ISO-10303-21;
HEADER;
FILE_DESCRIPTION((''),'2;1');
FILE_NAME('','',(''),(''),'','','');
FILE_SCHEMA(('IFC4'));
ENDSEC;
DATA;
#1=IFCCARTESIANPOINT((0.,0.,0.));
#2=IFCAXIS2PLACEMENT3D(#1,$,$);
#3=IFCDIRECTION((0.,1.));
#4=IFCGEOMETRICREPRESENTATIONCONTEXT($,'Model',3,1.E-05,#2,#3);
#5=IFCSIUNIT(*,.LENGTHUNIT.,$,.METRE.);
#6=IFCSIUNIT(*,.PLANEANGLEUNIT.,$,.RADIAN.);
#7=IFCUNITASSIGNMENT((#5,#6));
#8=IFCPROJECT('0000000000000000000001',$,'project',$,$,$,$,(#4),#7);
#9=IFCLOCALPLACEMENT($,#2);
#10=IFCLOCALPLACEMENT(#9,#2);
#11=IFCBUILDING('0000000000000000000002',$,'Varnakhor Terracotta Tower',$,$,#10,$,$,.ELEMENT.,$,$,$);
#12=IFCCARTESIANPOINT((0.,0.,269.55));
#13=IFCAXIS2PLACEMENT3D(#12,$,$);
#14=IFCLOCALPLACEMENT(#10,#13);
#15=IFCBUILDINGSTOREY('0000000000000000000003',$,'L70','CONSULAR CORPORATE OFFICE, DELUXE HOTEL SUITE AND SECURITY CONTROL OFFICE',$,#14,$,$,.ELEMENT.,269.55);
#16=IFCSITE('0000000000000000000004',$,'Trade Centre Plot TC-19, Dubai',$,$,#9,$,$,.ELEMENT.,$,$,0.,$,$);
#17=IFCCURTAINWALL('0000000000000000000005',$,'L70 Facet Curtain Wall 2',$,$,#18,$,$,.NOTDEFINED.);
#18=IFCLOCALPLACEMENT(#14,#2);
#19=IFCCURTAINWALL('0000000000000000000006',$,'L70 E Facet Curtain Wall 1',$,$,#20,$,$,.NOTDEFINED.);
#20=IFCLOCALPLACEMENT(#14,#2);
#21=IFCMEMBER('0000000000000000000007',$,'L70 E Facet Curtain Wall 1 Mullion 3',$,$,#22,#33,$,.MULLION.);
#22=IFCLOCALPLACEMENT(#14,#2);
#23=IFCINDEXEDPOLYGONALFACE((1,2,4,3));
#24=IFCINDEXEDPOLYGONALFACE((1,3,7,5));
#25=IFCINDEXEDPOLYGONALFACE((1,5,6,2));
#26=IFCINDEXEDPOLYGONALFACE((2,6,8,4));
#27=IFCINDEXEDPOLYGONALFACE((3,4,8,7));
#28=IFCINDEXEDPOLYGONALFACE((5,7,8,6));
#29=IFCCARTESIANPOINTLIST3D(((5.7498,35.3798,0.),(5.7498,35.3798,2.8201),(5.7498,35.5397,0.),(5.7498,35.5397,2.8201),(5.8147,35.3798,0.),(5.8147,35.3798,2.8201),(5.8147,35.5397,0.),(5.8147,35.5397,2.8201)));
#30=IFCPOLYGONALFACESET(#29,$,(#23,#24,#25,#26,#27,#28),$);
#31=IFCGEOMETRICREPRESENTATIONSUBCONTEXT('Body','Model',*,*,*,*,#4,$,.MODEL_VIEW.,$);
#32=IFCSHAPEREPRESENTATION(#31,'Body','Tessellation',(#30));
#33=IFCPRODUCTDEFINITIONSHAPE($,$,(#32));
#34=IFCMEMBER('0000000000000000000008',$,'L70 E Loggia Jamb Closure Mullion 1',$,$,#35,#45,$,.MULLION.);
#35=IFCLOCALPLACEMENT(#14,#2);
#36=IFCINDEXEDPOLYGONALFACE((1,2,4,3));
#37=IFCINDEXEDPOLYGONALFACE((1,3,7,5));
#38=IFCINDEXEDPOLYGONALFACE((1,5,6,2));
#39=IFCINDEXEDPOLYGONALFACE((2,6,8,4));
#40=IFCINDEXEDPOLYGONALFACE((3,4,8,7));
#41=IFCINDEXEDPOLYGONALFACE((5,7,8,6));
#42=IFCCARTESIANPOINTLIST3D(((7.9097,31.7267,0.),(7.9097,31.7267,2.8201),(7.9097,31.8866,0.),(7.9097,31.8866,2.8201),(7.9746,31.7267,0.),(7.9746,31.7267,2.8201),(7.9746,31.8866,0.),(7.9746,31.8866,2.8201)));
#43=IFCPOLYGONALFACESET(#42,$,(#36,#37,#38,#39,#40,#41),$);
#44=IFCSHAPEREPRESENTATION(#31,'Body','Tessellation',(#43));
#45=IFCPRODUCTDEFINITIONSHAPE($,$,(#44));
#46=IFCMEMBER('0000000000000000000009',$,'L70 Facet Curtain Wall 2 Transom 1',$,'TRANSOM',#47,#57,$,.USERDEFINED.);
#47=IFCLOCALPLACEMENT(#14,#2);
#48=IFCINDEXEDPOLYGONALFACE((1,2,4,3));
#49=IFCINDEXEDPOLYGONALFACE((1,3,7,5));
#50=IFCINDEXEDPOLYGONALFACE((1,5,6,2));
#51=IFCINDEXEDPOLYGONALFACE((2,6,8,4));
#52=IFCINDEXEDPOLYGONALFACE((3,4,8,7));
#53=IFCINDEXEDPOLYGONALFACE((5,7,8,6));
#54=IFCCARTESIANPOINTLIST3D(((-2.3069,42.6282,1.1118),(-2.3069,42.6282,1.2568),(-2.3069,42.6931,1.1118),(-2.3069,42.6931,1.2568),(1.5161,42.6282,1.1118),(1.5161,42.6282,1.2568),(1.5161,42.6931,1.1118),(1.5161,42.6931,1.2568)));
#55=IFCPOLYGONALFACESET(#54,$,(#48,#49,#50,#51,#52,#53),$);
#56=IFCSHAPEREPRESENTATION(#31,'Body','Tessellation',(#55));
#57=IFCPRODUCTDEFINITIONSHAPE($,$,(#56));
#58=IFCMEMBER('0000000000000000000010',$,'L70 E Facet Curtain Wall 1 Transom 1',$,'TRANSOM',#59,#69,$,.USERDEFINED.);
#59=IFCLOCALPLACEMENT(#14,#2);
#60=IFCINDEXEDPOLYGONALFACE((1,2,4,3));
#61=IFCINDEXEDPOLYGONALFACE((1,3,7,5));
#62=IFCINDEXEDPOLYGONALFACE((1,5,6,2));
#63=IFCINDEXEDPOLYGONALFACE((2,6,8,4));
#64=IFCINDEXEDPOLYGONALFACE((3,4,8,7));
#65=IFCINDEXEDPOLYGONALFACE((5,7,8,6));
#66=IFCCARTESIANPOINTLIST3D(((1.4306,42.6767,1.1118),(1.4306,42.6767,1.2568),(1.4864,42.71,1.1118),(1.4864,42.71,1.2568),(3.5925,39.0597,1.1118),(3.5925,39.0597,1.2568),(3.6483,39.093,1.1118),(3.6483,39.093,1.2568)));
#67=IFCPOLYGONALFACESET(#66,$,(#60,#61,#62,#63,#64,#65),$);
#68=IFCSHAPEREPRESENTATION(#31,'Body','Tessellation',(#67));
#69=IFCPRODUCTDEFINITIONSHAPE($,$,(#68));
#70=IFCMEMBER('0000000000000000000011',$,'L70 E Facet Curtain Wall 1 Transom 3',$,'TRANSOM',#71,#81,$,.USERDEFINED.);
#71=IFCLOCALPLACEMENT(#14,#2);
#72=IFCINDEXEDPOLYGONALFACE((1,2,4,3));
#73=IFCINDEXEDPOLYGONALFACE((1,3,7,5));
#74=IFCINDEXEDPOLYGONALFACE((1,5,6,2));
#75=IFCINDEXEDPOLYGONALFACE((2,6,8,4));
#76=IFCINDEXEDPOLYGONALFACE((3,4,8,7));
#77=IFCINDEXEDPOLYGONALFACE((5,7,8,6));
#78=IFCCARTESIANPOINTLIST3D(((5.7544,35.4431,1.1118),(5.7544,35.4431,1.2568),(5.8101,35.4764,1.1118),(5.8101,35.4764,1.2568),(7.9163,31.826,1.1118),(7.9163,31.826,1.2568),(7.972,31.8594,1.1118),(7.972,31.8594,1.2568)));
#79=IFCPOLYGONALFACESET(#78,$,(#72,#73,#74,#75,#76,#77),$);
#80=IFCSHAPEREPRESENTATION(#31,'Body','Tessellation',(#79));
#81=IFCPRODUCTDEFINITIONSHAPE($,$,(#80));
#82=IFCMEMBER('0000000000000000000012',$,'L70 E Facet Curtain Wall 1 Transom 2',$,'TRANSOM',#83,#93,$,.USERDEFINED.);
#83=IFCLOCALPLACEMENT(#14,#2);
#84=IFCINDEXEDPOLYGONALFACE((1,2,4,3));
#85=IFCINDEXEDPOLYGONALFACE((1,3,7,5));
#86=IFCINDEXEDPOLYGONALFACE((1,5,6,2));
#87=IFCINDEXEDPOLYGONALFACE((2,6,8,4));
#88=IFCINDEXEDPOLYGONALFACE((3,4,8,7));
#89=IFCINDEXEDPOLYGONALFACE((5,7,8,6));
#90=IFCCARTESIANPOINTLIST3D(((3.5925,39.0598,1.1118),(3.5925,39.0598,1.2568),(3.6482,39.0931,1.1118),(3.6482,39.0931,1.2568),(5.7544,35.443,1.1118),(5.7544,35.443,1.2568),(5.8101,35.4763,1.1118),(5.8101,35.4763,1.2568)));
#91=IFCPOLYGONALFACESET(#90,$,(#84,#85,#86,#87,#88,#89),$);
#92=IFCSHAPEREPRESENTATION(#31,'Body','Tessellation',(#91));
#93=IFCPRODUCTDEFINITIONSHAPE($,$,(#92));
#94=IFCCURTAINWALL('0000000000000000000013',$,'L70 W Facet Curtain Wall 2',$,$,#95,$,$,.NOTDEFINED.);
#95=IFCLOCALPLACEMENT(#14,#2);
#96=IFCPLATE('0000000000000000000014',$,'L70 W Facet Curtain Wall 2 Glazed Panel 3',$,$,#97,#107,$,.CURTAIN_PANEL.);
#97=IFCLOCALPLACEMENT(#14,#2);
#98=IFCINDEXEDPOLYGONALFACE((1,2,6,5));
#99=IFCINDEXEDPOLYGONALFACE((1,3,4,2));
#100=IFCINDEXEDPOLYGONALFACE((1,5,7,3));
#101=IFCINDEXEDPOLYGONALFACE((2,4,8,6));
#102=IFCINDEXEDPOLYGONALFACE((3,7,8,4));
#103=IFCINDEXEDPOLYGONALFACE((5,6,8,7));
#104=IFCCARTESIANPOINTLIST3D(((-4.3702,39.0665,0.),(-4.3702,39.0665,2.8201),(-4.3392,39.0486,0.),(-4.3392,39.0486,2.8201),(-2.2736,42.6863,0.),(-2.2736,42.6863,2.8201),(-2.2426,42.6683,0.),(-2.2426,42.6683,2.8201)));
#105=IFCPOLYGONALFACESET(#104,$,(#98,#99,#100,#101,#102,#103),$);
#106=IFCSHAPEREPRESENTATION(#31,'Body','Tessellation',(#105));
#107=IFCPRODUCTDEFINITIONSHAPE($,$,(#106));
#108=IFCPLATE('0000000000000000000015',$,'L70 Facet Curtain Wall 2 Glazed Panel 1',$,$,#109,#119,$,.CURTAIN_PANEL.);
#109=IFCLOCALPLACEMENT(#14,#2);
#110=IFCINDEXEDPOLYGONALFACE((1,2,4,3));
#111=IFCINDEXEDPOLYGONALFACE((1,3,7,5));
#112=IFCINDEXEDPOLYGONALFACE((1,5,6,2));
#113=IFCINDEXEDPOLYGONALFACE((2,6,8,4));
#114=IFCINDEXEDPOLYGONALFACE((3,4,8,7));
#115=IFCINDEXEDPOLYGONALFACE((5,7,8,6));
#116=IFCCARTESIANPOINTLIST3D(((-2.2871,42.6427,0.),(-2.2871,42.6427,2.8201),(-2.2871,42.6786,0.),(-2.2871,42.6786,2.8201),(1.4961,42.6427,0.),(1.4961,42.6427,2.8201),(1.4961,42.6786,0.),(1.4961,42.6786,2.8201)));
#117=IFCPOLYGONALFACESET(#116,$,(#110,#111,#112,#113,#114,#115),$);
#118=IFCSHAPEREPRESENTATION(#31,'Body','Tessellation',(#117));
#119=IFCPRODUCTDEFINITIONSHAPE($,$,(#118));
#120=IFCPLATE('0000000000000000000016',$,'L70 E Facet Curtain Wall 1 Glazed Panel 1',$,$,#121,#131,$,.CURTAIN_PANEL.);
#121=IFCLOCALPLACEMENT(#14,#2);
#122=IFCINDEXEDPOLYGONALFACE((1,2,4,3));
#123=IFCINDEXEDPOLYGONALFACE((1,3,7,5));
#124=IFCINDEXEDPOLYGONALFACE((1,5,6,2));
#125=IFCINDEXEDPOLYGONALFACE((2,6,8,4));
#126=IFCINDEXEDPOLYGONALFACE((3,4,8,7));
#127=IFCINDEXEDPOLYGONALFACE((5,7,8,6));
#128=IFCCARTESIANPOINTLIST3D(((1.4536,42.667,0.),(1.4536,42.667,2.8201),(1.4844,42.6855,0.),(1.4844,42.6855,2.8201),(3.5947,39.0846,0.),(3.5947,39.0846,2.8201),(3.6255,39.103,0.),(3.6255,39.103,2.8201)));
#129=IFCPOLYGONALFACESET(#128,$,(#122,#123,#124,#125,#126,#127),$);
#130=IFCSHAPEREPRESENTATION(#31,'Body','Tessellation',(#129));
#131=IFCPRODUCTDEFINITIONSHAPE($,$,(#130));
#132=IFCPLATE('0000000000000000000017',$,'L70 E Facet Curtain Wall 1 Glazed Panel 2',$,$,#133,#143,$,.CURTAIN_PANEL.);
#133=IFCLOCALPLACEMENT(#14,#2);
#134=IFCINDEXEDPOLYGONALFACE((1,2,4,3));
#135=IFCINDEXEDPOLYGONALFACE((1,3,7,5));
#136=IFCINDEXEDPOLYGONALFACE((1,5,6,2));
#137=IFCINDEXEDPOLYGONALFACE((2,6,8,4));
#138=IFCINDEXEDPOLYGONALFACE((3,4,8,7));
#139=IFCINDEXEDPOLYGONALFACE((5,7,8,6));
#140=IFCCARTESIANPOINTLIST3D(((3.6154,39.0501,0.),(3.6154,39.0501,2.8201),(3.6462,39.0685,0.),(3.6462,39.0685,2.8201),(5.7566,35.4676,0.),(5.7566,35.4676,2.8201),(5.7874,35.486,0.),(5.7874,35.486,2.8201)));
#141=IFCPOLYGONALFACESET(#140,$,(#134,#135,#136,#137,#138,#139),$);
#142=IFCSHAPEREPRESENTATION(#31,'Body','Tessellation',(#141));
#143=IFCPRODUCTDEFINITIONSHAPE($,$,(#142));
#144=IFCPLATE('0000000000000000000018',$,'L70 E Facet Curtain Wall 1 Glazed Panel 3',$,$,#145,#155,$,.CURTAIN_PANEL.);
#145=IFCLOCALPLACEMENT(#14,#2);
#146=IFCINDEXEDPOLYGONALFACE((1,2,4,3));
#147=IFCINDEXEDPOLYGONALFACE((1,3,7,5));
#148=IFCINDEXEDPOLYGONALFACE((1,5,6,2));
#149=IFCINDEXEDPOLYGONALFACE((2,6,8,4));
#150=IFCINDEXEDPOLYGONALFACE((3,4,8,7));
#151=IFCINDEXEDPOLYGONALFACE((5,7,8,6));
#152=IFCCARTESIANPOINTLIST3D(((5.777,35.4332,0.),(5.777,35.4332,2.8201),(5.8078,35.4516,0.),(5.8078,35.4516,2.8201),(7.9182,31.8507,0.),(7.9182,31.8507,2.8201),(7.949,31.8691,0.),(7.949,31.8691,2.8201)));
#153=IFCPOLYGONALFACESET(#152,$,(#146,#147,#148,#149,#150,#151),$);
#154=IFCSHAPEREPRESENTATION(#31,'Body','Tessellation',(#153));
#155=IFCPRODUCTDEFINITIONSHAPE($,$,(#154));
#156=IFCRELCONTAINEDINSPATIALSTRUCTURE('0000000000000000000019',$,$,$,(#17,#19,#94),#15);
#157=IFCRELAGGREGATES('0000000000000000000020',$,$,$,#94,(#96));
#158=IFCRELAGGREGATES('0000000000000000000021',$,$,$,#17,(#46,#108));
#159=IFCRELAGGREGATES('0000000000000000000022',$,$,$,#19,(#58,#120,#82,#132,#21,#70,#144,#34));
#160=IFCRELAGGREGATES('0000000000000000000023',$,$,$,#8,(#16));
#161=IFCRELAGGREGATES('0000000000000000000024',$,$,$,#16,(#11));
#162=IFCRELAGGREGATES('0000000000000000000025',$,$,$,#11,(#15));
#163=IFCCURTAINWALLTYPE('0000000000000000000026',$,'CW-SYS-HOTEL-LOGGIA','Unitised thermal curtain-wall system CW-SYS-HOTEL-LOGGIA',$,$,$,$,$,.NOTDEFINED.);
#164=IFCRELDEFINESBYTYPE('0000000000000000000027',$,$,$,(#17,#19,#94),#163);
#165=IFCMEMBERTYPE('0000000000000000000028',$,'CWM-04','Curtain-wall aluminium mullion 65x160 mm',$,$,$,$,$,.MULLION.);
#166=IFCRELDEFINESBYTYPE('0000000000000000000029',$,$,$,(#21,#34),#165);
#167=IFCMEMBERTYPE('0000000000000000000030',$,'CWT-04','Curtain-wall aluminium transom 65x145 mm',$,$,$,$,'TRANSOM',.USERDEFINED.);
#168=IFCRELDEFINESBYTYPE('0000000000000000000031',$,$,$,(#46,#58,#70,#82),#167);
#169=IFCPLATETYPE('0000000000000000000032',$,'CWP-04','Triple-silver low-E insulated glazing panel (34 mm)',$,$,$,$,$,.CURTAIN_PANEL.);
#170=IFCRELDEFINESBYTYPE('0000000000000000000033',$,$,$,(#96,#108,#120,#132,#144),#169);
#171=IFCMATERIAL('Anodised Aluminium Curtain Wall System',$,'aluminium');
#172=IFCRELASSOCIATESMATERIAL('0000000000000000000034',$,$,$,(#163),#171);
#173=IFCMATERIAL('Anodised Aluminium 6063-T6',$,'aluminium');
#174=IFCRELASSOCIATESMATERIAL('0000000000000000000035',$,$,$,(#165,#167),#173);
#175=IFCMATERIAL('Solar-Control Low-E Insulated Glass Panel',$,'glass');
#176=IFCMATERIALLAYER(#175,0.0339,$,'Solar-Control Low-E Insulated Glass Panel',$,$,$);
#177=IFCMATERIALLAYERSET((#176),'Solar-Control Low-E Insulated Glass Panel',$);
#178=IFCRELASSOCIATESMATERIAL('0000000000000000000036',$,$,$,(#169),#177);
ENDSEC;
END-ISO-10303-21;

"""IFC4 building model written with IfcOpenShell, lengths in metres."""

from ifc_helpers import new_model, si_unit, direction, frame, origin, origin_2d, place, context, subcontext, project, spatial, rectangle, extrude, source, transform, mapped, material, layer, layer_set, material_profile, profile_set, type_object, type_shapes, element, aggregate, save


model = new_model("IFC4")

# Units and contexts
model_context = context("Model", 3, precision=1e-05, world=origin(), true_north=direction((0.0, 1.0)))
body_context = subcontext(model_context, "Body", "Model", "MODEL_VIEW")
ifc_project = project(units=[si_unit("LENGTHUNIT", "METRE"), si_unit("PLANEANGLEUNIT", "RADIAN")], contexts=[model_context])

# Site, building, storey
site_placement = place(None, origin())
site = spatial("IfcSite", under=ifc_project, at=site_placement, Name="Trade Centre Plot TC-19, Dubai", CompositionType="ELEMENT", RefElevation=0.0)
building_placement = place(site_placement, origin())
building = spatial("IfcBuilding", under=site, at=building_placement, Name="Varnakhor Terracotta Tower", CompositionType="ELEMENT")
storey_placement = place(building_placement, frame((0.0, 0.0, 269.55)))
storey = spatial("IfcBuildingStorey", under=building, at=storey_placement, Name="L70", Description="CONSULAR CORPORATE OFFICE, DELUXE HOTEL SUITE AND SECURITY CONTROL OFFICE", CompositionType="ELEMENT", Elevation=269.55)

# Curtain wall
ifc_material_1 = material(Name="Anodised Aluminium Curtain Wall System", Category="aluminium")
curtain_wall_type = type_object("IfcCurtainWallType", Name="CW-SYS-HOTEL-LOGGIA", Description="Unitised thermal curtain-wall system CW-SYS-HOTEL-LOGGIA", PredefinedType="NOTDEFINED", material=ifc_material_1)
curtain_wall_1_placement = place(storey_placement, origin())
curtain_wall_1 = element("IfcCurtainWall", 1, at=curtain_wall_1_placement, inside=storey, type_object=curtain_wall_type, Name="L70 Facet Curtain Wall 2", PredefinedType="NOTDEFINED")
ifc_material_2 = material(Name="Anodised Aluminium 6063-T6", Category="aluminium")
ifc_material_profile_1 = material_profile(ifc_material_2, rectangle(XDim=0.0649, YDim=0.1599, at=origin_2d()), Name="ALU MULLION 65x160")
ifc_profile_set_1 = profile_set([ifc_material_profile_1], Name="Anodised Aluminium 6063-T6")
member_type_1 = type_object("IfcMemberType", Name="CWM-04", Description="Curtain-wall aluminium mullion 65x160 mm", PredefinedType="MULLION", material=ifc_profile_set_1)
shared_shape_1 = source(origin(), body_context, "Body", "SweptSolid", [
    extrude(rectangle(XDim=0.0649, YDim=0.1599, at=origin_2d()), origin(), (0.0, 0.0, 1.0), 2.8201),
])
type_shapes(member_type_1, [shared_shape_1])

# Curtain wall, members
curtain_wall_2_placement = place(storey_placement, origin())
curtain_wall_2 = element("IfcCurtainWall", 2, at=curtain_wall_2_placement, inside=storey, type_object=curtain_wall_type, Name="L70 E Facet Curtain Wall 1", PredefinedType="NOTDEFINED")
member_1_placement = place(storey_placement, frame((5.7822, 35.4597, 0.0), z_axis=(0.0, 0.0, 1.0), x_axis=(1.0, 0.0, 0.0)))
member_1 = element("IfcMember", 3, at=member_1_placement, type_object=member_type_1, Name="L70 E Facet Curtain Wall 1 Mullion 3", PredefinedType="MULLION", context=body_context, shape_type="MappedRepresentation", body=[
    mapped(shared_shape_1, transform((0.0, 0.0, 0.0), scale=1.0)),
])
member_2_placement = place(storey_placement, frame((7.9421, 31.8066, 0.0), z_axis=(0.0, 0.0, 1.0), x_axis=(1.0, 0.0, 0.0)))
member_2 = element("IfcMember", 4, at=member_2_placement, type_object=member_type_1, Name="L70 E Loggia Jamb Closure Mullion 1", PredefinedType="MULLION", context=body_context, shape_type="MappedRepresentation", body=[
    mapped(shared_shape_1, transform((0.0, 0.0, 0.0), scale=1.0)),
])

# Members
ifc_material_profile_2 = material_profile(ifc_material_2, rectangle(XDim=0.0649, YDim=0.145, at=origin_2d()), Name="ALU TRANSOM 65x145")
ifc_profile_set_2 = profile_set([ifc_material_profile_2], Name="Anodised Aluminium 6063-T6")
member_type_2 = type_object("IfcMemberType", Name="CWT-04", Description="Curtain-wall aluminium transom 65x145 mm", ElementType="TRANSOM", PredefinedType="USERDEFINED", material=ifc_profile_set_2)
shared_shape_2 = source(origin(), body_context, "Body", "SweptSolid", [
    extrude(rectangle(XDim=0.0649, YDim=0.145, at=origin_2d()), origin(), (0.0, 0.0, 1.0), 3.823),
])
member_3_placement = place(storey_placement, frame((-2.3069, 42.6606, 1.1843), z_axis=(1.0, 0.0, 0.0), x_axis=(0.0, 1.0, 0.0)))
member_3 = element("IfcMember", 5, at=member_3_placement, type_object=member_type_2, Name="L70 Facet Curtain Wall 2 Transom 1", ObjectType="TRANSOM", PredefinedType="USERDEFINED", context=body_context, shape_type="MappedRepresentation", body=[
    mapped(shared_shape_2, transform((0.0, 0.0, 0.0), scale=1.0)),
])
shared_shape_3 = source(origin(), body_context, "Body", "SweptSolid", [
    extrude(rectangle(XDim=0.0649, YDim=0.145, at=origin_2d()), origin(), (0.0, 0.0, 1.0), 4.2139),
])
member_4_placement = place(storey_placement, frame((1.4585, 42.6934, 1.1843), z_axis=(0.513047, -0.858361, 0.0), x_axis=(0.858361, 0.513047, 0.0)))
member_4 = element("IfcMember", 6, at=member_4_placement, type_object=member_type_2, Name="L70 E Facet Curtain Wall 1 Transom 1", ObjectType="TRANSOM", PredefinedType="USERDEFINED", context=body_context, shape_type="MappedRepresentation", body=[
    mapped(shared_shape_3, transform((0.0, 0.0, 0.0), scale=1.0)),
])
member_5_placement = place(storey_placement, frame((5.7822, 35.4597, 1.1843), z_axis=(0.513047, -0.858361, 0.0), x_axis=(0.858361, 0.513047, 0.0)))
member_5 = element("IfcMember", 7, at=member_5_placement, type_object=member_type_2, Name="L70 E Facet Curtain Wall 1 Transom 3", ObjectType="TRANSOM", PredefinedType="USERDEFINED", context=body_context, shape_type="MappedRepresentation", body=[
    mapped(shared_shape_3, transform((0.0, 0.0, 0.0), scale=1.0)),
])
shared_shape_4 = source(origin(), body_context, "Body", "SweptSolid", [
    extrude(rectangle(XDim=0.0649, YDim=0.145, at=origin_2d()), origin(), (0.0, 0.0, 1.0), 4.2136),
])
member_6_placement = place(storey_placement, frame((3.6204, 39.0764, 1.1843), z_axis=(0.513072, -0.858346, 0.0), x_axis=(0.858346, 0.513072, 0.0)))
member_6 = element("IfcMember", 8, at=member_6_placement, type_object=member_type_2, Name="L70 E Facet Curtain Wall 1 Transom 2", ObjectType="TRANSOM", PredefinedType="USERDEFINED", context=body_context, shape_type="MappedRepresentation", body=[
    mapped(shared_shape_4, transform((0.0, 0.0, 0.0), scale=1.0)),
])

# Curtain wall, plate
curtain_wall_3_placement = place(storey_placement, origin())
curtain_wall_3 = element("IfcCurtainWall", 9, at=curtain_wall_3_placement, inside=storey, type_object=curtain_wall_type, Name="L70 W Facet Curtain Wall 2", PredefinedType="NOTDEFINED")
ifc_material_3 = material(Name="Solar-Control Low-E Insulated Glass Panel", Category="glass")
ifc_layer_1 = layer(ifc_material_3, 0.0339, Name="Solar-Control Low-E Insulated Glass Panel")
ifc_layer_set_1 = layer_set([ifc_layer_1], Name="Solar-Control Low-E Insulated Glass Panel")
plate_type = type_object("IfcPlateType", Name="CWP-04", Description="Triple-silver low-E insulated glazing panel (34 mm)", PredefinedType="CURTAIN_PANEL", material=ifc_layer_set_1)
shared_shape_5 = source(origin(), body_context, "Body", "SweptSolid", [
    extrude(rectangle(XDim=4.1831, YDim=0.0359, at=origin_2d()), origin(), (0.0, 0.0, 1.0), 2.8201),
])
plate_1_placement = place(storey_placement, frame((-3.3064, 40.8674, 0.0), z_axis=(0.0, 0.0, 1.0), x_axis=(0.501209, 0.865326, 0.0)))
plate_1 = element("IfcPlate", 10, at=plate_1_placement, type_object=plate_type, Name="L70 W Facet Curtain Wall 2 Glazed Panel 3", PredefinedType="CURTAIN_PANEL", context=body_context, shape_type="MappedRepresentation", body=[
    mapped(shared_shape_5, transform((0.0, 0.0, 0.0), scale=1.0)),
])
aggregate(curtain_wall_3, [plate_1])

# Plates
shared_shape_6 = source(origin(), body_context, "Body", "SweptSolid", [
    extrude(rectangle(XDim=3.7832, YDim=0.0359, at=origin_2d()), origin(), (0.0, 0.0, 1.0), 2.8201),
])
plate_2_placement = place(storey_placement, frame((-0.3955, 42.6606, 0.0), z_axis=(0.0, 0.0, 1.0), x_axis=(1.0, 0.0, 0.0)))
plate_2 = element("IfcPlate", 11, at=plate_2_placement, type_object=plate_type, Name="L70 Facet Curtain Wall 2 Glazed Panel 1", PredefinedType="CURTAIN_PANEL", context=body_context, shape_type="MappedRepresentation", body=[
    mapped(shared_shape_6, transform((0.0, 0.0, 0.0), scale=1.0)),
])
aggregate(curtain_wall_1, [member_3, plate_2])
shared_shape_7 = source(origin(), body_context, "Body", "SweptSolid", [
    extrude(rectangle(XDim=4.1736, YDim=0.0359, at=origin_2d()), origin(), (0.0, 0.0, 1.0), 2.8201),
])
plate_3_placement = place(storey_placement, frame((2.5396, 40.885, 0.0), z_axis=(0.0, 0.0, 1.0), x_axis=(0.513032, -0.858369, 0.0)))
plate_3 = element("IfcPlate", 12, at=plate_3_placement, type_object=plate_type, Name="L70 E Facet Curtain Wall 1 Glazed Panel 1", PredefinedType="CURTAIN_PANEL", context=body_context, shape_type="MappedRepresentation", body=[
    mapped(shared_shape_7, transform((0.0, 0.0, 0.0), scale=1.0)),
])
plate_4_placement = place(storey_placement, frame((4.7014, 37.2681, 0.0), z_axis=(0.0, 0.0, 1.0), x_axis=(0.513032, -0.858369, 0.0)))
plate_4 = element("IfcPlate", 13, at=plate_4_placement, type_object=plate_type, Name="L70 E Facet Curtain Wall 1 Glazed Panel 2", PredefinedType="CURTAIN_PANEL", context=body_context, shape_type="MappedRepresentation", body=[
    mapped(shared_shape_7, transform((0.0, 0.0, 0.0), scale=1.0)),
])
plate_5_placement = place(storey_placement, frame((6.863, 33.6511, 0.0), z_axis=(0.0, 0.0, 1.0), x_axis=(0.513032, -0.858369, 0.0)))
plate_5 = element("IfcPlate", 14, at=plate_5_placement, type_object=plate_type, Name="L70 E Facet Curtain Wall 1 Glazed Panel 3", PredefinedType="CURTAIN_PANEL", context=body_context, shape_type="MappedRepresentation", body=[
    mapped(shared_shape_7, transform((0.0, 0.0, 0.0), scale=1.0)),
])
aggregate(curtain_wall_2, [member_4, plate_3, member_6, plate_4, member_1, member_5, plate_5, member_2])

save(model, "model.ifc")
